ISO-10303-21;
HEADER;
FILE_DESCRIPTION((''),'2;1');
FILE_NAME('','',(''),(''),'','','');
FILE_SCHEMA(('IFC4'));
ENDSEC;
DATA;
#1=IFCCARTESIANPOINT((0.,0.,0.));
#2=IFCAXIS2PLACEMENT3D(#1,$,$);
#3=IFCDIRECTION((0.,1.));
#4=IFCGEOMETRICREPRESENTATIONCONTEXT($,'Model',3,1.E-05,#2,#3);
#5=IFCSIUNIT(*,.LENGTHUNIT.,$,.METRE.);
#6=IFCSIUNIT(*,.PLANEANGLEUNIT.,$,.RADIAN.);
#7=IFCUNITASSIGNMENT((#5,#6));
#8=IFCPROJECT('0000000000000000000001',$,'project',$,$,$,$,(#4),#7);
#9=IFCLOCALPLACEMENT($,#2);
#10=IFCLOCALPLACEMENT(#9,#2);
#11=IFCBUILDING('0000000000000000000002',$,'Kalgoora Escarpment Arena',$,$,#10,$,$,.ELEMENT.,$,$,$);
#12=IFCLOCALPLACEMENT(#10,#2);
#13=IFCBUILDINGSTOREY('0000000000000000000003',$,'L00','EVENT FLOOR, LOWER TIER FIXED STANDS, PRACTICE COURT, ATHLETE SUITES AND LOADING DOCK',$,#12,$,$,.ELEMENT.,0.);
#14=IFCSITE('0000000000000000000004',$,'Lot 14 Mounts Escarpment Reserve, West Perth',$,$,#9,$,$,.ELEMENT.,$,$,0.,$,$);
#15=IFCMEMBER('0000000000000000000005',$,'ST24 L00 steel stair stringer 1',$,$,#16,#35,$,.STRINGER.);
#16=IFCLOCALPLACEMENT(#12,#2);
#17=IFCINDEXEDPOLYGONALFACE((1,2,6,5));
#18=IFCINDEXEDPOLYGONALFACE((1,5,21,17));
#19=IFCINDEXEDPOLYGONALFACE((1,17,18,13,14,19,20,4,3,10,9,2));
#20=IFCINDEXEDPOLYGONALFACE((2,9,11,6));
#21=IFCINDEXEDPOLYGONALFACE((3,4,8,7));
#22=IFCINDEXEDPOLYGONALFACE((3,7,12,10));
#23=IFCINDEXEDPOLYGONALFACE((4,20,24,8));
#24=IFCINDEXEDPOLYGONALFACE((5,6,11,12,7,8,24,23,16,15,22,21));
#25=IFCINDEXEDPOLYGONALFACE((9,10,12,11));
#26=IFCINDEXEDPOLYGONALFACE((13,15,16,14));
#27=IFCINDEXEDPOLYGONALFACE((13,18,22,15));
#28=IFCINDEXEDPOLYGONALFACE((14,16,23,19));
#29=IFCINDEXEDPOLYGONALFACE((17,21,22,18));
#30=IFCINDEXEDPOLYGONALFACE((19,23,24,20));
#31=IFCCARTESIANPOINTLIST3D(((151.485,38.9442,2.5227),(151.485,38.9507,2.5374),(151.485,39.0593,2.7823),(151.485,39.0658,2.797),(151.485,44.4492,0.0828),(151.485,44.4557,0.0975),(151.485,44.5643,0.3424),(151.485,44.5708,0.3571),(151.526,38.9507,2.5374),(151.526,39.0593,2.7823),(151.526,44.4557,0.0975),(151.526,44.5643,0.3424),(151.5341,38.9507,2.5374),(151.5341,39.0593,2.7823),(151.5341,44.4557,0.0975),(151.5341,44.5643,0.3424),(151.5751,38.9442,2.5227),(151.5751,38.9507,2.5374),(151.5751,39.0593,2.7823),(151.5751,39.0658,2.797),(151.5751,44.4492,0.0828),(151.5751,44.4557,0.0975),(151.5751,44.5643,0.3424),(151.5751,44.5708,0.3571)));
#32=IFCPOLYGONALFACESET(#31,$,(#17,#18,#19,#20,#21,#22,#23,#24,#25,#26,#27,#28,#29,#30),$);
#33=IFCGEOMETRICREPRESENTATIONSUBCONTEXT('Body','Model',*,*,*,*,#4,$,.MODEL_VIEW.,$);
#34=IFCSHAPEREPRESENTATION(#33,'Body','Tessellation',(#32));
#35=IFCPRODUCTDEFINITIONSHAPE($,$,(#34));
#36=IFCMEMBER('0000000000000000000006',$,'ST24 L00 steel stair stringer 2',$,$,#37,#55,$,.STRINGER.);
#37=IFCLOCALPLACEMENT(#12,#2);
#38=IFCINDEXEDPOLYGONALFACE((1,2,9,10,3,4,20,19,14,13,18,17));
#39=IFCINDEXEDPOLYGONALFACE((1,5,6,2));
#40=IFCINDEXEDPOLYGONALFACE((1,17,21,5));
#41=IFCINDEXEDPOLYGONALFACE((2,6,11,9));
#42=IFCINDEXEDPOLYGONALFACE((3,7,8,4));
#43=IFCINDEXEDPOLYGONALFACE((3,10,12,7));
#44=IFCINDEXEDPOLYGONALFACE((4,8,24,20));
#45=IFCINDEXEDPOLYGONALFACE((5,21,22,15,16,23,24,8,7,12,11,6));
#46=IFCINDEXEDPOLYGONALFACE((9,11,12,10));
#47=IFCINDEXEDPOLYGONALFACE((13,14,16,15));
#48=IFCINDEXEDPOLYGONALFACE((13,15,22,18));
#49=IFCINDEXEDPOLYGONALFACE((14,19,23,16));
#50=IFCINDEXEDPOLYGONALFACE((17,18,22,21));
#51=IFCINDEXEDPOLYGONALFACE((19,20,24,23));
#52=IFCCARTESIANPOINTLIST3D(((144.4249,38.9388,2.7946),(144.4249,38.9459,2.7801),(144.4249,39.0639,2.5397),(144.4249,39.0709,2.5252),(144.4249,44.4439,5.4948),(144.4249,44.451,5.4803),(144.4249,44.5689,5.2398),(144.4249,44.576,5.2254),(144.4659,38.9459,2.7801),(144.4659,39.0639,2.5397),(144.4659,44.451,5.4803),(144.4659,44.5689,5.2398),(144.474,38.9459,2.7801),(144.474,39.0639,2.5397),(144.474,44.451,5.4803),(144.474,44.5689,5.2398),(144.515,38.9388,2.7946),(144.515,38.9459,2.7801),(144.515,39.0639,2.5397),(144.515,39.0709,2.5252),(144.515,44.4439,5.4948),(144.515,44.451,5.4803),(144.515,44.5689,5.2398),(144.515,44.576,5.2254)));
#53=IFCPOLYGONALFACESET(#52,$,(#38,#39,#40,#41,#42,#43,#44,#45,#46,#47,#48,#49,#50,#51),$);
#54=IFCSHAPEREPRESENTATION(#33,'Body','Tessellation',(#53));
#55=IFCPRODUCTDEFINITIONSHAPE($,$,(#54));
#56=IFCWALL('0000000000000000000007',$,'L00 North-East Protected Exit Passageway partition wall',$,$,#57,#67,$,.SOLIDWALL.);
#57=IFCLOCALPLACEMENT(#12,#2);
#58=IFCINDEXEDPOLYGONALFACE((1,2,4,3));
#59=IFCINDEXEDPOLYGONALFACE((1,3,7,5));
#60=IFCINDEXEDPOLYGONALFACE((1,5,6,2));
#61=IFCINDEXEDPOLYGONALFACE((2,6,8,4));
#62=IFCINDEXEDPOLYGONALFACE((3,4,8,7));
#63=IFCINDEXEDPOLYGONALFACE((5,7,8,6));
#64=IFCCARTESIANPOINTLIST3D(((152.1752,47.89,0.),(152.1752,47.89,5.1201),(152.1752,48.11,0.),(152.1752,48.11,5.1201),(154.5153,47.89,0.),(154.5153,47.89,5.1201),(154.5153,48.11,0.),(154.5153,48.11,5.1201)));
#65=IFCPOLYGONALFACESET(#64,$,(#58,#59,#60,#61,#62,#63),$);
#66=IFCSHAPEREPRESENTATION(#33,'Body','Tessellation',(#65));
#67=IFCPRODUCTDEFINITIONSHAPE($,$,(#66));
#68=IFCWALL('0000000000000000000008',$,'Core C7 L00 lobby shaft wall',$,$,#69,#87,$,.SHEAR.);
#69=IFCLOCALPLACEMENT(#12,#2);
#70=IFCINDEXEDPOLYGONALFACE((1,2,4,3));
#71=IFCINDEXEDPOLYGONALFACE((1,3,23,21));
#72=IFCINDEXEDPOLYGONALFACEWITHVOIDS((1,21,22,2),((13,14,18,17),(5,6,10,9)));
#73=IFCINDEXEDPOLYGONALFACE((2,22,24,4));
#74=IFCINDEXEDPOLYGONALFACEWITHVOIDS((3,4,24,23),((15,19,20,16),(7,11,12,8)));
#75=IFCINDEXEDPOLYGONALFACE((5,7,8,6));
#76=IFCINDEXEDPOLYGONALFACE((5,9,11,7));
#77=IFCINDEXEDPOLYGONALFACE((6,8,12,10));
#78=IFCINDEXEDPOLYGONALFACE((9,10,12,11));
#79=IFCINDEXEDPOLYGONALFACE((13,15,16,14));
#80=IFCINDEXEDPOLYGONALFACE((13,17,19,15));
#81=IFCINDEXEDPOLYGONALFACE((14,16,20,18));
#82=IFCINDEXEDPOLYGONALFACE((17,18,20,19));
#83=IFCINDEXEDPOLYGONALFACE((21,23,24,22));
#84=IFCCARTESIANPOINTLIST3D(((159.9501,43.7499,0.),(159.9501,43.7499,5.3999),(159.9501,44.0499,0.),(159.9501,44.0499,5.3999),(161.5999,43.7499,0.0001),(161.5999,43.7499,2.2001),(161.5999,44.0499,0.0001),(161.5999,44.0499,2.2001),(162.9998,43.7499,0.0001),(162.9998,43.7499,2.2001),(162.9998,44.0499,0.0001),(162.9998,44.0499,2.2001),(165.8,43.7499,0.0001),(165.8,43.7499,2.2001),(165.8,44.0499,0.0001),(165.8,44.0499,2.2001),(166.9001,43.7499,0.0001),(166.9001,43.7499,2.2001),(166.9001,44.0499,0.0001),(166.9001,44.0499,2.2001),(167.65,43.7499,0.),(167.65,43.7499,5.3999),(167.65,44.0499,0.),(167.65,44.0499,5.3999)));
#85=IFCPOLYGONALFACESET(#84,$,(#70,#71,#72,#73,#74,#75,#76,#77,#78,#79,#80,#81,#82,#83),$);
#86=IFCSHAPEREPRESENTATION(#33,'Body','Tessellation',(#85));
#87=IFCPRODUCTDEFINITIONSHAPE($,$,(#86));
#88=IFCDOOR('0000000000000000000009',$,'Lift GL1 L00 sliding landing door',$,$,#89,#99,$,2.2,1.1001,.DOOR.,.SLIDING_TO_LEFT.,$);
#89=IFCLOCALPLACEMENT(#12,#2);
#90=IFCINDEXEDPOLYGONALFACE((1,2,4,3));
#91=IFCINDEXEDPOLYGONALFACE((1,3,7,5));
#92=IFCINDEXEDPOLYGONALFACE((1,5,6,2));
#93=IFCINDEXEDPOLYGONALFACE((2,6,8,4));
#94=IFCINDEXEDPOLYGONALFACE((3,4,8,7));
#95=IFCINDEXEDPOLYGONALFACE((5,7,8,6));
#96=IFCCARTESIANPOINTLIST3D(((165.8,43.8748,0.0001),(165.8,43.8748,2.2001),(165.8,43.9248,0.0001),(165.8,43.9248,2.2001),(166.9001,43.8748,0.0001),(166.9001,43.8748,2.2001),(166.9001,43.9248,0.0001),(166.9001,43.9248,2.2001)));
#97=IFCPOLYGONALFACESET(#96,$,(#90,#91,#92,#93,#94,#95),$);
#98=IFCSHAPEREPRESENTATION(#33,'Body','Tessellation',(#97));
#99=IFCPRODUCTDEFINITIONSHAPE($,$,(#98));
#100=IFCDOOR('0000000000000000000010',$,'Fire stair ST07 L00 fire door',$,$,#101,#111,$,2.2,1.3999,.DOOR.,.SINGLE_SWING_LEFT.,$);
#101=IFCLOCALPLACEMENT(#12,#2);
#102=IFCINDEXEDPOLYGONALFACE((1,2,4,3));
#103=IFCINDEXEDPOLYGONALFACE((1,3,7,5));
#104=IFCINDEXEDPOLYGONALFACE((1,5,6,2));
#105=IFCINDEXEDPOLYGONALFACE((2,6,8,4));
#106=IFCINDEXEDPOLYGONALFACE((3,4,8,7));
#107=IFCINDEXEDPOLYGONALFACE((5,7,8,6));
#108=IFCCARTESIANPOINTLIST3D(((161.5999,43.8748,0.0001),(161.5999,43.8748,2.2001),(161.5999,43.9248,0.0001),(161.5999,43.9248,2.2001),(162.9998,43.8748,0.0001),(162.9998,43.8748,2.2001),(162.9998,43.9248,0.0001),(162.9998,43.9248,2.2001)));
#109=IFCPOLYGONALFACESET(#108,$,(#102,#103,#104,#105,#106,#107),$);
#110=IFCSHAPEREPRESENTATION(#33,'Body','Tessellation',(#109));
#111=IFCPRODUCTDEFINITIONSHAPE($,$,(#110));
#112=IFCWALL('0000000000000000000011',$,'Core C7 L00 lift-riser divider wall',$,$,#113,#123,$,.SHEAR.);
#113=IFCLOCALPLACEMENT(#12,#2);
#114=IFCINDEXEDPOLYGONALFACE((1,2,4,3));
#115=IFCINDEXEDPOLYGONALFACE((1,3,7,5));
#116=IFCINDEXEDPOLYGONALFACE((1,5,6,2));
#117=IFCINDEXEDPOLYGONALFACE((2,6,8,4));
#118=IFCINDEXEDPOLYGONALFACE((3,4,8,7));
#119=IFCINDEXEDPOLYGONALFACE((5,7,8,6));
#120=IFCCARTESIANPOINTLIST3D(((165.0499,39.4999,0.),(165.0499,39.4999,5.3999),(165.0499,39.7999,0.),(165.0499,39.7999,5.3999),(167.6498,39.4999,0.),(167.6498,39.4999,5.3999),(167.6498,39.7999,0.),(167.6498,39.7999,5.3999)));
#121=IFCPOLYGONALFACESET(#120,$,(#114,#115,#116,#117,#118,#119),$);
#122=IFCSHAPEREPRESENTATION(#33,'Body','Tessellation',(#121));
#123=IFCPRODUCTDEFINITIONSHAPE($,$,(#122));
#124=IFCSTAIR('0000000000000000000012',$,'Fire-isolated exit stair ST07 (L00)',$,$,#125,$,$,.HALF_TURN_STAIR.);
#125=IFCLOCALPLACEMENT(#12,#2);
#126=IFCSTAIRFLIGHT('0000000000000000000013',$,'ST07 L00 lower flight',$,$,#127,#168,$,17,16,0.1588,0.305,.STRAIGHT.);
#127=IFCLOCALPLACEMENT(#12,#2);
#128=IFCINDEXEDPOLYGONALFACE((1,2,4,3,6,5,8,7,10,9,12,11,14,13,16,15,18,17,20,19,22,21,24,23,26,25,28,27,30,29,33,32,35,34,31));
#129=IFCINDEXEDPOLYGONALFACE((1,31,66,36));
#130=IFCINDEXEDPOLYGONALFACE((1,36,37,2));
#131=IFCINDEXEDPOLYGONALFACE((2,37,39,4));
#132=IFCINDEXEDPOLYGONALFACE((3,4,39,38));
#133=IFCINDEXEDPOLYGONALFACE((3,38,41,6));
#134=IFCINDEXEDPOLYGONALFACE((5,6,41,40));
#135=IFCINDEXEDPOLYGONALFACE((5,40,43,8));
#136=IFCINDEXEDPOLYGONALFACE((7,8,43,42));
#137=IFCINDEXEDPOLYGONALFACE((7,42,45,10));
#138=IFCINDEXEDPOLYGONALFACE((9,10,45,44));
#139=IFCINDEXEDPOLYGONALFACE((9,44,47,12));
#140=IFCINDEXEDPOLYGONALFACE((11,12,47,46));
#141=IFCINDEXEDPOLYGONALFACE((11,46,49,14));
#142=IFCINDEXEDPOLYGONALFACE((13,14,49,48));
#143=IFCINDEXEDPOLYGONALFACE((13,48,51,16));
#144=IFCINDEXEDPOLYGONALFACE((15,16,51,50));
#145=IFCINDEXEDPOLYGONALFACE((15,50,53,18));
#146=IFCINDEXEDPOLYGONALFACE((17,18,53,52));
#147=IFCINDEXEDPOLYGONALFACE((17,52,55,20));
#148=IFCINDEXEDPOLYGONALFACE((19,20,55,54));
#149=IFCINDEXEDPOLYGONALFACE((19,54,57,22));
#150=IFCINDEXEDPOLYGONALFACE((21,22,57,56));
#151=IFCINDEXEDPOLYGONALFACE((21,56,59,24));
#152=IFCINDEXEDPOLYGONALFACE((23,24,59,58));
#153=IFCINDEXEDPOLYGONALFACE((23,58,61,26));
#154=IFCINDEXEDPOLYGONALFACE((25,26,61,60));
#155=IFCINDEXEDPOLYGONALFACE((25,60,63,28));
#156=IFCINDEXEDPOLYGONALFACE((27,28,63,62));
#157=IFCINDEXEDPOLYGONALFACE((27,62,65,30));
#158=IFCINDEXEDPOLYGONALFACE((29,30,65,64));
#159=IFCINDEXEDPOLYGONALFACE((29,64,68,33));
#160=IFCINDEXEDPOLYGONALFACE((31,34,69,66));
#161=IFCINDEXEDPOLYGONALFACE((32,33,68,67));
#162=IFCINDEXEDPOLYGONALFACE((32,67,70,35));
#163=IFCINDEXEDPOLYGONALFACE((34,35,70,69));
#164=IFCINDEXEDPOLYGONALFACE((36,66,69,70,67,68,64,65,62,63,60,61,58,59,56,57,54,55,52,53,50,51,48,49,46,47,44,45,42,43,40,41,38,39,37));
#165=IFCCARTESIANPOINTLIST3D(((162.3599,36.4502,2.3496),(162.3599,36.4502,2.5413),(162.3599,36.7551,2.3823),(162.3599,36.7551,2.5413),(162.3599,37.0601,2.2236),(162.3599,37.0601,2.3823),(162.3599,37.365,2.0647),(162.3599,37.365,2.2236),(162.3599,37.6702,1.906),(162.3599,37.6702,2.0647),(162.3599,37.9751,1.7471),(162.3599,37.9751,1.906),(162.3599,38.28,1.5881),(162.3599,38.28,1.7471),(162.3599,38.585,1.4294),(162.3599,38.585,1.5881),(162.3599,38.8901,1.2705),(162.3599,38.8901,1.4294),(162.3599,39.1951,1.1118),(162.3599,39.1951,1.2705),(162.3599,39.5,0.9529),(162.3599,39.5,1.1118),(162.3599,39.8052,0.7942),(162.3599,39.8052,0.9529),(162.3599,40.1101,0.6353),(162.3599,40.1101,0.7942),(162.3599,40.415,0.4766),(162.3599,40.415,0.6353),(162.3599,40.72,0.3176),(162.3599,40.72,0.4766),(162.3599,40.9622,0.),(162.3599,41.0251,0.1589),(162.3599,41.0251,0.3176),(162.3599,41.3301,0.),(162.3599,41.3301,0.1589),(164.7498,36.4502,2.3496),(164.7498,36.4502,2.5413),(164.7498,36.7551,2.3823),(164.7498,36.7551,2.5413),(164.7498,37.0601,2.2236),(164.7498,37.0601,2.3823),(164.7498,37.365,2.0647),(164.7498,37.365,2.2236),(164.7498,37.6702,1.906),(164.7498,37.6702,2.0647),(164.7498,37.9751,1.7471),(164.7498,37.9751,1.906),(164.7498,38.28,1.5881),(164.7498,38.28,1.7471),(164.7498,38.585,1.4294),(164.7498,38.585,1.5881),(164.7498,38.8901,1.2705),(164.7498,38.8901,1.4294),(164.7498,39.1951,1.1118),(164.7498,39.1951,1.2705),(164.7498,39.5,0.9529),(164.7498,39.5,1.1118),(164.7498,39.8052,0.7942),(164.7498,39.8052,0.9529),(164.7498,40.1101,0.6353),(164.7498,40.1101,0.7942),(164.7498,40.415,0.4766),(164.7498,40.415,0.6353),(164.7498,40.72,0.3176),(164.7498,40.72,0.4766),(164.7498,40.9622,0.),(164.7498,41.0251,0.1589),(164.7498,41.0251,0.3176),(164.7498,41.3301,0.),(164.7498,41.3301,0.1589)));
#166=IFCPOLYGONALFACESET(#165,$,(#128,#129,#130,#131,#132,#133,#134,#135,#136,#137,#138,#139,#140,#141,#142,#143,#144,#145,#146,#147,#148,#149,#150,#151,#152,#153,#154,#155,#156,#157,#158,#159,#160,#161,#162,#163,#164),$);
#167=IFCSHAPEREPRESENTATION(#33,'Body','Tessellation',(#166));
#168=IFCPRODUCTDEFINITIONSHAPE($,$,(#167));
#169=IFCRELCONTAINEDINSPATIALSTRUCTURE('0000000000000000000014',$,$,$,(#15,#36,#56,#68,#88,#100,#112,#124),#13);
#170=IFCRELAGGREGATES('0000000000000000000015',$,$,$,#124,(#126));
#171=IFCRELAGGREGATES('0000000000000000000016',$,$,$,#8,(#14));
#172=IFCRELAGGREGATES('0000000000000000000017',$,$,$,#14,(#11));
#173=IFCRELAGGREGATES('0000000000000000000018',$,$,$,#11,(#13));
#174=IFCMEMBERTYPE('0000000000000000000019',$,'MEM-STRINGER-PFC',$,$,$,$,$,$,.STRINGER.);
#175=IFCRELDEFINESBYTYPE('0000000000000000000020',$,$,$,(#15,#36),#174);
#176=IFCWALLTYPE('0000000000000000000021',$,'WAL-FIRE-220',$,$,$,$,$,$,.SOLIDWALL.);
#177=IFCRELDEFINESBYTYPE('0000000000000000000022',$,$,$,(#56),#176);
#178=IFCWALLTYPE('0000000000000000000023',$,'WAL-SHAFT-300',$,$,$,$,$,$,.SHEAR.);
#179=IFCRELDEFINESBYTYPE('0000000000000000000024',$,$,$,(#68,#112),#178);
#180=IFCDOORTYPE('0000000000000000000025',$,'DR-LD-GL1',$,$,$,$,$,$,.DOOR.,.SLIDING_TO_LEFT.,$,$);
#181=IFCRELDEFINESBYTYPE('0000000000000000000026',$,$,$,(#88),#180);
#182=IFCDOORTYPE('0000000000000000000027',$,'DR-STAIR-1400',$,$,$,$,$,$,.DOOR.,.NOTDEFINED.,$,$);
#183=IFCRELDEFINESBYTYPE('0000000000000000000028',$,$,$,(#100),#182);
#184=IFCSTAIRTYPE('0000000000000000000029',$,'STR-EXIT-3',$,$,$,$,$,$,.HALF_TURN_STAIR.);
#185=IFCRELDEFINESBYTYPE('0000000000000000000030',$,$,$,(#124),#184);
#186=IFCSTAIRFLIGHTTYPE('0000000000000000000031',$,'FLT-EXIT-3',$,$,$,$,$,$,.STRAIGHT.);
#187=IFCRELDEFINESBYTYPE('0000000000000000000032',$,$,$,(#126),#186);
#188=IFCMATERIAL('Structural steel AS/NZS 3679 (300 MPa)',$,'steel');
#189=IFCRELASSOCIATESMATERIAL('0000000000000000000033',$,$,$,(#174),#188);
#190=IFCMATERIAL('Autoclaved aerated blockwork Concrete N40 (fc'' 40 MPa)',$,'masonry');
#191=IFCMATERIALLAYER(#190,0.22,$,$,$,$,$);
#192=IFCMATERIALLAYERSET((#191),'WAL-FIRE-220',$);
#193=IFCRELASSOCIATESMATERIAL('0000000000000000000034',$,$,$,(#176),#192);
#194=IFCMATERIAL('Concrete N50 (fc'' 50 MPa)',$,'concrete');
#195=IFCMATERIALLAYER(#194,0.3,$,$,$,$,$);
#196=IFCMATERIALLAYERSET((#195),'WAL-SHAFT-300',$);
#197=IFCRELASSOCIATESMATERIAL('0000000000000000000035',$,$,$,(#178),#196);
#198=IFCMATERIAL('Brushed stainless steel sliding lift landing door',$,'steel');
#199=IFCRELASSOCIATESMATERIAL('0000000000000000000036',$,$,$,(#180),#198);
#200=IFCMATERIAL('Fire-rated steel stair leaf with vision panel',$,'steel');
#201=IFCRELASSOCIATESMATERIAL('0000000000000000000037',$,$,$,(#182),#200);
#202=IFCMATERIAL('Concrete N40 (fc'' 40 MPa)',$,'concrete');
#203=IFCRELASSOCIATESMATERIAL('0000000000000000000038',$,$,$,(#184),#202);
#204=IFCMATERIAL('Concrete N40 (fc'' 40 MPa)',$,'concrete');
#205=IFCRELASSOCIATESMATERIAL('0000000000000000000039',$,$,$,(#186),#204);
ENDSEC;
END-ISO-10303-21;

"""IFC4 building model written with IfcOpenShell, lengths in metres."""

from ifc_helpers import new_model, si_unit, direction, frame, frame_2d, origin, origin_2d, place, context, subcontext, project, spatial, polyline, rectangle, i_section, outline, extrude, material, layer, layer_set, material_profile, profile_set, type_object, element, fill, aggregate, save


model = new_model("IFC4")

# Units and contexts
model_context = context("Model", 3, precision=1e-05, world=origin(), true_north=direction((0.0, 1.0)))
body_context = subcontext(model_context, "Body", "Model", "MODEL_VIEW")
ifc_project = project(units=[si_unit("LENGTHUNIT", "METRE"), si_unit("PLANEANGLEUNIT", "RADIAN")], contexts=[model_context])

# Site, building, storey
site_placement = place(None, origin())
site = spatial("IfcSite", under=ifc_project, at=site_placement, Name="Lot 14 Mounts Escarpment Reserve, West Perth", CompositionType="ELEMENT", RefElevation=0.0)
building_placement = place(site_placement, origin())
building = spatial("IfcBuilding", under=site, at=building_placement, Name="Kalgoora Escarpment Arena", CompositionType="ELEMENT")
storey_placement = place(building_placement, origin())
storey = spatial("IfcBuildingStorey", under=building, at=storey_placement, Name="L00", Description="EVENT FLOOR, LOWER TIER FIXED STANDS, PRACTICE COURT, ATHLETE SUITES AND LOADING DOCK", CompositionType="ELEMENT", Elevation=0.0)

# Members
ifc_material_1 = material(Name="Structural steel AS/NZS 3679 (300 MPa)", Category="steel")
ifc_material_profile_1 = material_profile(ifc_material_1, i_section(OverallWidth=0.0901, OverallDepth=0.3, WebThickness=0.0081, FlangeThickness=0.0161, at=origin_2d()))
ifc_profile_set_1 = profile_set([ifc_material_profile_1], Name="Structural steel AS/NZS 3679 (300 MPa)")
member_type = type_object("IfcMemberType", Name="MEM-STRINGER-PFC", PredefinedType="STRINGER", material=ifc_profile_set_1)
member_1_placement = place(storey_placement, frame((151.53, 44.51, 0.22), z_axis=(0.0, -0.914229, 0.405198), x_axis=(1.0, 0.0, 0.0)))
element("IfcMember", 1, at=member_1_placement, inside=storey, type_object=member_type, Name="ST24 L00 steel stair stringer 1", PredefinedType="STRINGER", context=body_context, shape_type="SweptSolid", body=[
    extrude(i_section(OverallWidth=0.0901, OverallDepth=0.3, WebThickness=0.0081, FlangeThickness=0.0161, at=origin_2d()), origin(), (0.0, 0.0, 1.0), 6.0215),
])
member_2_placement = place(storey_placement, frame((144.47, 39.0049, 2.6599), z_axis=(0.0, 0.897817, 0.440368), x_axis=(-1.0, 0.0, 0.0)))
element("IfcMember", 2, at=member_2_placement, inside=storey, type_object=member_type, Name="ST24 L00 steel stair stringer 2", PredefinedType="STRINGER", context=body_context, shape_type="SweptSolid", body=[
    extrude(i_section(OverallWidth=0.0901, OverallDepth=0.3, WebThickness=0.0081, FlangeThickness=0.0161, at=origin_2d()), origin(), (0.0, 0.0, 1.0), 6.1316),
])

# Wall
ifc_material_2 = material(Name="Autoclaved aerated blockwork Concrete N40 (fc' 40 MPa)", Category="masonry")
ifc_layer_1 = layer(ifc_material_2, 0.22)
ifc_layer_set_1 = layer_set([ifc_layer_1], Name="WAL-FIRE-220")
wall_type_1 = type_object("IfcWallType", Name="WAL-FIRE-220", PredefinedType="SOLIDWALL", material=ifc_layer_set_1)
wall_1_placement = place(storey_placement, frame((154.5151, 48.0, 0.0), z_axis=(0.0, 0.0, 1.0), x_axis=(-1.0, 0.0, 0.0)))
element("IfcWall", 3, at=wall_1_placement, inside=storey, type_object=wall_type_1, Name="L00 North-East Protected Exit Passageway partition wall", PredefinedType="SOLIDWALL", context=body_context, shape_type="SweptSolid", body=[
    extrude(rectangle(XDim=2.3401, YDim=0.22, at=frame_2d((1.1699, 0.0))), origin(), (0.0, 0.0, 1.0), 5.1201),
])

# Wall, openings, doors
ifc_material_3 = material(Name="Concrete N50 (fc' 50 MPa)", Category="concrete")
ifc_layer_2 = layer(ifc_material_3, 0.3)
ifc_layer_set_2 = layer_set([ifc_layer_2], Name="WAL-SHAFT-300")
wall_type_2 = type_object("IfcWallType", Name="WAL-SHAFT-300", PredefinedType="SHEAR", material=ifc_layer_set_2)
wall_2_placement = place(storey_placement, frame((159.95, 43.8999, 0.0), z_axis=(0.0, 0.0, 1.0), x_axis=(1.0, 0.0, 0.0)))
wall_2 = element("IfcWall", 4, at=wall_2_placement, inside=storey, type_object=wall_type_2, Name="Core C7 L00 lobby shaft wall", PredefinedType="SHEAR", context=body_context, shape_type="SweptSolid", body=[
    extrude(rectangle(XDim=7.7, YDim=0.3, at=frame_2d((3.8501, 0.0))), origin(), (0.0, 0.0, 1.0), 5.3999),
])
opening_1_placement = place(wall_2_placement, frame((1.6499, 0.0, 0.0)))
opening_1 = element("IfcOpeningElement", 5, at=opening_1_placement, cuts=wall_2, PredefinedType="OPENING", context=body_context, shape_type="SweptSolid", body=[
    extrude(rectangle(XDim=1.3999, YDim=2.2, at=frame_2d((0.7, 1.1001))), frame((0.0, 0.1599, 0.0), z_axis=(0.0, -1.0, 0.0), x_axis=(1.0, 0.0, 0.0)), (0.0, 0.0, 1.0), 0.3201),
])
opening_2_placement = place(wall_2_placement, frame((5.8501, 0.0, 0.0)))
opening_2 = element("IfcOpeningElement", 6, at=opening_2_placement, cuts=wall_2, PredefinedType="OPENING", context=body_context, shape_type="SweptSolid", body=[
    extrude(rectangle(XDim=1.1001, YDim=2.2, at=frame_2d((0.55, 1.1001))), frame((0.0, 0.1599, 0.0), z_axis=(0.0, -1.0, 0.0), x_axis=(1.0, 0.0, 0.0)), (0.0, 0.0, 1.0), 0.3201),
])
ifc_material_4 = material(Name="Brushed stainless steel sliding lift landing door", Category="steel")
door_type_1 = type_object("IfcDoorType", Name="DR-LD-GL1", OperationType="SLIDING_TO_LEFT", PredefinedType="DOOR", material=ifc_material_4)
door_1_placement = place(opening_2_placement, origin())
door_1 = element("IfcDoor", 7, at=door_1_placement, inside=storey, type_object=door_type_1, Name="Lift GL1 L00 sliding landing door", OperationType="SLIDING_TO_LEFT", OverallHeight=2.2, OverallWidth=1.1001, PredefinedType="DOOR", context=body_context, shape_type="SweptSolid", body=[
    extrude(rectangle(XDim=1.1001, YDim=2.2, at=frame_2d((0.55, 1.1001))), frame((0.0, 0.0249, 0.0), z_axis=(0.0, -1.0, 0.0), x_axis=(1.0, 0.0, 0.0)), (0.0, 0.0, 1.0), 0.05),
])
fill(opening_2, door_1)
ifc_material_5 = material(Name="Fire-rated steel stair leaf with vision panel", Category="steel")
door_type_2 = type_object("IfcDoorType", Name="DR-STAIR-1400", OperationType="NOTDEFINED", PredefinedType="DOOR", material=ifc_material_5)
door_2_placement = place(opening_1_placement, origin())
door_2 = element("IfcDoor", 8, at=door_2_placement, inside=storey, type_object=door_type_2, Name="Fire stair ST07 L00 fire door", OperationType="SINGLE_SWING_LEFT", OverallHeight=2.2, OverallWidth=1.3999, PredefinedType="DOOR", context=body_context, shape_type="SweptSolid", body=[
    extrude(rectangle(XDim=1.3999, YDim=2.2, at=frame_2d((0.7, 1.1001))), frame((0.0, 0.0249, 0.0), z_axis=(0.0, -1.0, 0.0), x_axis=(1.0, 0.0, 0.0)), (0.0, 0.0, 1.0), 0.05),
])
fill(opening_1, door_2)

# Wall
wall_3_placement = place(storey_placement, frame((165.05, 39.6499, 0.0), z_axis=(0.0, 0.0, 1.0), x_axis=(1.0, 0.0, 0.0)))
element("IfcWall", 9, at=wall_3_placement, inside=storey, type_object=wall_type_2, Name="Core C7 L00 lift-riser divider wall", PredefinedType="SHEAR", context=body_context, shape_type="SweptSolid", body=[
    extrude(rectangle(XDim=2.5999, YDim=0.3, at=frame_2d((1.2998, 0.0))), origin(), (0.0, 0.0, 1.0), 5.3999),
])

# Stair, stair flight
ifc_material_6 = material(Name="Concrete N40 (fc' 40 MPa)", Category="concrete")
stair_type_1 = type_object("IfcStairType", Name="STR-EXIT-3", PredefinedType="HALF_TURN_STAIR", material=ifc_material_6)
stair_1_placement = place(storey_placement, origin())
stair_1 = element("IfcStair", 10, at=stair_1_placement, inside=storey, type_object=stair_type_1, Name="Fire-isolated exit stair ST07 (L00)", PredefinedType="HALF_TURN_STAIR")
ifc_material_7 = material(Name="Concrete N40 (fc' 40 MPa)", Category="concrete")
stair_flight_type_1 = type_object("IfcStairFlightType", Name="FLT-EXIT-3", PredefinedType="STRAIGHT", material=ifc_material_7)
stair_flight_1_placement = place(storey_placement, frame((163.5549, 41.3301, 0.0), z_axis=(0.0, 0.0, 1.0), x_axis=(0.0, -1.0, 0.0)))
stair_flight_1 = element("IfcStairFlight", 11, at=stair_flight_1_placement, type_object=stair_flight_type_1, Name="ST07 L00 lower flight", NumberOfRisers=17, NumberOfTreads=16, PredefinedType="STRAIGHT", RiserHeight=0.1588, TreadLength=0.305, context=body_context, shape_type="SweptSolid", body=[
    extrude(outline(polyline([(0.0, 0.0), (0.0, 0.1589), (0.3049, 0.1589), (0.3049, 0.3176), (0.6101, 0.3176), (0.6101, 0.4766), (0.915, 0.4766), (0.915, 0.6353), (1.22, 0.6353), (1.22, 0.7942), (1.5249, 0.7942), (1.5249, 0.9529), (1.8301, 0.9529), (1.8301, 1.1118), (2.135, 1.1118), (2.135, 1.2705), (2.4399, 1.2705), (2.4399, 1.4294), (2.7451, 1.4294), (2.7451, 1.5881), (3.05, 1.5881), (3.05, 1.7471), (3.355, 1.7471), (3.355, 1.906), (3.6599, 1.906), (3.6599, 2.0647), (3.9651, 2.0647), (3.9651, 2.2236), (4.27, 2.2236), (4.27, 2.3823), (4.575, 2.3823), (4.575, 2.5413), (4.8799, 2.5413), (4.8799, 2.7), (4.8799, 2.3496), (0.3679, 0.0), (0.0, 0.0)])), frame((0.0, 1.1948, 0.0), z_axis=(0.0, -1.0, 0.0), x_axis=(1.0, 0.0, 0.0)), (0.0, 0.0, 1.0), 2.3899),
])
aggregate(stair_1, [stair_flight_1])

save(model, "model.ifc")
